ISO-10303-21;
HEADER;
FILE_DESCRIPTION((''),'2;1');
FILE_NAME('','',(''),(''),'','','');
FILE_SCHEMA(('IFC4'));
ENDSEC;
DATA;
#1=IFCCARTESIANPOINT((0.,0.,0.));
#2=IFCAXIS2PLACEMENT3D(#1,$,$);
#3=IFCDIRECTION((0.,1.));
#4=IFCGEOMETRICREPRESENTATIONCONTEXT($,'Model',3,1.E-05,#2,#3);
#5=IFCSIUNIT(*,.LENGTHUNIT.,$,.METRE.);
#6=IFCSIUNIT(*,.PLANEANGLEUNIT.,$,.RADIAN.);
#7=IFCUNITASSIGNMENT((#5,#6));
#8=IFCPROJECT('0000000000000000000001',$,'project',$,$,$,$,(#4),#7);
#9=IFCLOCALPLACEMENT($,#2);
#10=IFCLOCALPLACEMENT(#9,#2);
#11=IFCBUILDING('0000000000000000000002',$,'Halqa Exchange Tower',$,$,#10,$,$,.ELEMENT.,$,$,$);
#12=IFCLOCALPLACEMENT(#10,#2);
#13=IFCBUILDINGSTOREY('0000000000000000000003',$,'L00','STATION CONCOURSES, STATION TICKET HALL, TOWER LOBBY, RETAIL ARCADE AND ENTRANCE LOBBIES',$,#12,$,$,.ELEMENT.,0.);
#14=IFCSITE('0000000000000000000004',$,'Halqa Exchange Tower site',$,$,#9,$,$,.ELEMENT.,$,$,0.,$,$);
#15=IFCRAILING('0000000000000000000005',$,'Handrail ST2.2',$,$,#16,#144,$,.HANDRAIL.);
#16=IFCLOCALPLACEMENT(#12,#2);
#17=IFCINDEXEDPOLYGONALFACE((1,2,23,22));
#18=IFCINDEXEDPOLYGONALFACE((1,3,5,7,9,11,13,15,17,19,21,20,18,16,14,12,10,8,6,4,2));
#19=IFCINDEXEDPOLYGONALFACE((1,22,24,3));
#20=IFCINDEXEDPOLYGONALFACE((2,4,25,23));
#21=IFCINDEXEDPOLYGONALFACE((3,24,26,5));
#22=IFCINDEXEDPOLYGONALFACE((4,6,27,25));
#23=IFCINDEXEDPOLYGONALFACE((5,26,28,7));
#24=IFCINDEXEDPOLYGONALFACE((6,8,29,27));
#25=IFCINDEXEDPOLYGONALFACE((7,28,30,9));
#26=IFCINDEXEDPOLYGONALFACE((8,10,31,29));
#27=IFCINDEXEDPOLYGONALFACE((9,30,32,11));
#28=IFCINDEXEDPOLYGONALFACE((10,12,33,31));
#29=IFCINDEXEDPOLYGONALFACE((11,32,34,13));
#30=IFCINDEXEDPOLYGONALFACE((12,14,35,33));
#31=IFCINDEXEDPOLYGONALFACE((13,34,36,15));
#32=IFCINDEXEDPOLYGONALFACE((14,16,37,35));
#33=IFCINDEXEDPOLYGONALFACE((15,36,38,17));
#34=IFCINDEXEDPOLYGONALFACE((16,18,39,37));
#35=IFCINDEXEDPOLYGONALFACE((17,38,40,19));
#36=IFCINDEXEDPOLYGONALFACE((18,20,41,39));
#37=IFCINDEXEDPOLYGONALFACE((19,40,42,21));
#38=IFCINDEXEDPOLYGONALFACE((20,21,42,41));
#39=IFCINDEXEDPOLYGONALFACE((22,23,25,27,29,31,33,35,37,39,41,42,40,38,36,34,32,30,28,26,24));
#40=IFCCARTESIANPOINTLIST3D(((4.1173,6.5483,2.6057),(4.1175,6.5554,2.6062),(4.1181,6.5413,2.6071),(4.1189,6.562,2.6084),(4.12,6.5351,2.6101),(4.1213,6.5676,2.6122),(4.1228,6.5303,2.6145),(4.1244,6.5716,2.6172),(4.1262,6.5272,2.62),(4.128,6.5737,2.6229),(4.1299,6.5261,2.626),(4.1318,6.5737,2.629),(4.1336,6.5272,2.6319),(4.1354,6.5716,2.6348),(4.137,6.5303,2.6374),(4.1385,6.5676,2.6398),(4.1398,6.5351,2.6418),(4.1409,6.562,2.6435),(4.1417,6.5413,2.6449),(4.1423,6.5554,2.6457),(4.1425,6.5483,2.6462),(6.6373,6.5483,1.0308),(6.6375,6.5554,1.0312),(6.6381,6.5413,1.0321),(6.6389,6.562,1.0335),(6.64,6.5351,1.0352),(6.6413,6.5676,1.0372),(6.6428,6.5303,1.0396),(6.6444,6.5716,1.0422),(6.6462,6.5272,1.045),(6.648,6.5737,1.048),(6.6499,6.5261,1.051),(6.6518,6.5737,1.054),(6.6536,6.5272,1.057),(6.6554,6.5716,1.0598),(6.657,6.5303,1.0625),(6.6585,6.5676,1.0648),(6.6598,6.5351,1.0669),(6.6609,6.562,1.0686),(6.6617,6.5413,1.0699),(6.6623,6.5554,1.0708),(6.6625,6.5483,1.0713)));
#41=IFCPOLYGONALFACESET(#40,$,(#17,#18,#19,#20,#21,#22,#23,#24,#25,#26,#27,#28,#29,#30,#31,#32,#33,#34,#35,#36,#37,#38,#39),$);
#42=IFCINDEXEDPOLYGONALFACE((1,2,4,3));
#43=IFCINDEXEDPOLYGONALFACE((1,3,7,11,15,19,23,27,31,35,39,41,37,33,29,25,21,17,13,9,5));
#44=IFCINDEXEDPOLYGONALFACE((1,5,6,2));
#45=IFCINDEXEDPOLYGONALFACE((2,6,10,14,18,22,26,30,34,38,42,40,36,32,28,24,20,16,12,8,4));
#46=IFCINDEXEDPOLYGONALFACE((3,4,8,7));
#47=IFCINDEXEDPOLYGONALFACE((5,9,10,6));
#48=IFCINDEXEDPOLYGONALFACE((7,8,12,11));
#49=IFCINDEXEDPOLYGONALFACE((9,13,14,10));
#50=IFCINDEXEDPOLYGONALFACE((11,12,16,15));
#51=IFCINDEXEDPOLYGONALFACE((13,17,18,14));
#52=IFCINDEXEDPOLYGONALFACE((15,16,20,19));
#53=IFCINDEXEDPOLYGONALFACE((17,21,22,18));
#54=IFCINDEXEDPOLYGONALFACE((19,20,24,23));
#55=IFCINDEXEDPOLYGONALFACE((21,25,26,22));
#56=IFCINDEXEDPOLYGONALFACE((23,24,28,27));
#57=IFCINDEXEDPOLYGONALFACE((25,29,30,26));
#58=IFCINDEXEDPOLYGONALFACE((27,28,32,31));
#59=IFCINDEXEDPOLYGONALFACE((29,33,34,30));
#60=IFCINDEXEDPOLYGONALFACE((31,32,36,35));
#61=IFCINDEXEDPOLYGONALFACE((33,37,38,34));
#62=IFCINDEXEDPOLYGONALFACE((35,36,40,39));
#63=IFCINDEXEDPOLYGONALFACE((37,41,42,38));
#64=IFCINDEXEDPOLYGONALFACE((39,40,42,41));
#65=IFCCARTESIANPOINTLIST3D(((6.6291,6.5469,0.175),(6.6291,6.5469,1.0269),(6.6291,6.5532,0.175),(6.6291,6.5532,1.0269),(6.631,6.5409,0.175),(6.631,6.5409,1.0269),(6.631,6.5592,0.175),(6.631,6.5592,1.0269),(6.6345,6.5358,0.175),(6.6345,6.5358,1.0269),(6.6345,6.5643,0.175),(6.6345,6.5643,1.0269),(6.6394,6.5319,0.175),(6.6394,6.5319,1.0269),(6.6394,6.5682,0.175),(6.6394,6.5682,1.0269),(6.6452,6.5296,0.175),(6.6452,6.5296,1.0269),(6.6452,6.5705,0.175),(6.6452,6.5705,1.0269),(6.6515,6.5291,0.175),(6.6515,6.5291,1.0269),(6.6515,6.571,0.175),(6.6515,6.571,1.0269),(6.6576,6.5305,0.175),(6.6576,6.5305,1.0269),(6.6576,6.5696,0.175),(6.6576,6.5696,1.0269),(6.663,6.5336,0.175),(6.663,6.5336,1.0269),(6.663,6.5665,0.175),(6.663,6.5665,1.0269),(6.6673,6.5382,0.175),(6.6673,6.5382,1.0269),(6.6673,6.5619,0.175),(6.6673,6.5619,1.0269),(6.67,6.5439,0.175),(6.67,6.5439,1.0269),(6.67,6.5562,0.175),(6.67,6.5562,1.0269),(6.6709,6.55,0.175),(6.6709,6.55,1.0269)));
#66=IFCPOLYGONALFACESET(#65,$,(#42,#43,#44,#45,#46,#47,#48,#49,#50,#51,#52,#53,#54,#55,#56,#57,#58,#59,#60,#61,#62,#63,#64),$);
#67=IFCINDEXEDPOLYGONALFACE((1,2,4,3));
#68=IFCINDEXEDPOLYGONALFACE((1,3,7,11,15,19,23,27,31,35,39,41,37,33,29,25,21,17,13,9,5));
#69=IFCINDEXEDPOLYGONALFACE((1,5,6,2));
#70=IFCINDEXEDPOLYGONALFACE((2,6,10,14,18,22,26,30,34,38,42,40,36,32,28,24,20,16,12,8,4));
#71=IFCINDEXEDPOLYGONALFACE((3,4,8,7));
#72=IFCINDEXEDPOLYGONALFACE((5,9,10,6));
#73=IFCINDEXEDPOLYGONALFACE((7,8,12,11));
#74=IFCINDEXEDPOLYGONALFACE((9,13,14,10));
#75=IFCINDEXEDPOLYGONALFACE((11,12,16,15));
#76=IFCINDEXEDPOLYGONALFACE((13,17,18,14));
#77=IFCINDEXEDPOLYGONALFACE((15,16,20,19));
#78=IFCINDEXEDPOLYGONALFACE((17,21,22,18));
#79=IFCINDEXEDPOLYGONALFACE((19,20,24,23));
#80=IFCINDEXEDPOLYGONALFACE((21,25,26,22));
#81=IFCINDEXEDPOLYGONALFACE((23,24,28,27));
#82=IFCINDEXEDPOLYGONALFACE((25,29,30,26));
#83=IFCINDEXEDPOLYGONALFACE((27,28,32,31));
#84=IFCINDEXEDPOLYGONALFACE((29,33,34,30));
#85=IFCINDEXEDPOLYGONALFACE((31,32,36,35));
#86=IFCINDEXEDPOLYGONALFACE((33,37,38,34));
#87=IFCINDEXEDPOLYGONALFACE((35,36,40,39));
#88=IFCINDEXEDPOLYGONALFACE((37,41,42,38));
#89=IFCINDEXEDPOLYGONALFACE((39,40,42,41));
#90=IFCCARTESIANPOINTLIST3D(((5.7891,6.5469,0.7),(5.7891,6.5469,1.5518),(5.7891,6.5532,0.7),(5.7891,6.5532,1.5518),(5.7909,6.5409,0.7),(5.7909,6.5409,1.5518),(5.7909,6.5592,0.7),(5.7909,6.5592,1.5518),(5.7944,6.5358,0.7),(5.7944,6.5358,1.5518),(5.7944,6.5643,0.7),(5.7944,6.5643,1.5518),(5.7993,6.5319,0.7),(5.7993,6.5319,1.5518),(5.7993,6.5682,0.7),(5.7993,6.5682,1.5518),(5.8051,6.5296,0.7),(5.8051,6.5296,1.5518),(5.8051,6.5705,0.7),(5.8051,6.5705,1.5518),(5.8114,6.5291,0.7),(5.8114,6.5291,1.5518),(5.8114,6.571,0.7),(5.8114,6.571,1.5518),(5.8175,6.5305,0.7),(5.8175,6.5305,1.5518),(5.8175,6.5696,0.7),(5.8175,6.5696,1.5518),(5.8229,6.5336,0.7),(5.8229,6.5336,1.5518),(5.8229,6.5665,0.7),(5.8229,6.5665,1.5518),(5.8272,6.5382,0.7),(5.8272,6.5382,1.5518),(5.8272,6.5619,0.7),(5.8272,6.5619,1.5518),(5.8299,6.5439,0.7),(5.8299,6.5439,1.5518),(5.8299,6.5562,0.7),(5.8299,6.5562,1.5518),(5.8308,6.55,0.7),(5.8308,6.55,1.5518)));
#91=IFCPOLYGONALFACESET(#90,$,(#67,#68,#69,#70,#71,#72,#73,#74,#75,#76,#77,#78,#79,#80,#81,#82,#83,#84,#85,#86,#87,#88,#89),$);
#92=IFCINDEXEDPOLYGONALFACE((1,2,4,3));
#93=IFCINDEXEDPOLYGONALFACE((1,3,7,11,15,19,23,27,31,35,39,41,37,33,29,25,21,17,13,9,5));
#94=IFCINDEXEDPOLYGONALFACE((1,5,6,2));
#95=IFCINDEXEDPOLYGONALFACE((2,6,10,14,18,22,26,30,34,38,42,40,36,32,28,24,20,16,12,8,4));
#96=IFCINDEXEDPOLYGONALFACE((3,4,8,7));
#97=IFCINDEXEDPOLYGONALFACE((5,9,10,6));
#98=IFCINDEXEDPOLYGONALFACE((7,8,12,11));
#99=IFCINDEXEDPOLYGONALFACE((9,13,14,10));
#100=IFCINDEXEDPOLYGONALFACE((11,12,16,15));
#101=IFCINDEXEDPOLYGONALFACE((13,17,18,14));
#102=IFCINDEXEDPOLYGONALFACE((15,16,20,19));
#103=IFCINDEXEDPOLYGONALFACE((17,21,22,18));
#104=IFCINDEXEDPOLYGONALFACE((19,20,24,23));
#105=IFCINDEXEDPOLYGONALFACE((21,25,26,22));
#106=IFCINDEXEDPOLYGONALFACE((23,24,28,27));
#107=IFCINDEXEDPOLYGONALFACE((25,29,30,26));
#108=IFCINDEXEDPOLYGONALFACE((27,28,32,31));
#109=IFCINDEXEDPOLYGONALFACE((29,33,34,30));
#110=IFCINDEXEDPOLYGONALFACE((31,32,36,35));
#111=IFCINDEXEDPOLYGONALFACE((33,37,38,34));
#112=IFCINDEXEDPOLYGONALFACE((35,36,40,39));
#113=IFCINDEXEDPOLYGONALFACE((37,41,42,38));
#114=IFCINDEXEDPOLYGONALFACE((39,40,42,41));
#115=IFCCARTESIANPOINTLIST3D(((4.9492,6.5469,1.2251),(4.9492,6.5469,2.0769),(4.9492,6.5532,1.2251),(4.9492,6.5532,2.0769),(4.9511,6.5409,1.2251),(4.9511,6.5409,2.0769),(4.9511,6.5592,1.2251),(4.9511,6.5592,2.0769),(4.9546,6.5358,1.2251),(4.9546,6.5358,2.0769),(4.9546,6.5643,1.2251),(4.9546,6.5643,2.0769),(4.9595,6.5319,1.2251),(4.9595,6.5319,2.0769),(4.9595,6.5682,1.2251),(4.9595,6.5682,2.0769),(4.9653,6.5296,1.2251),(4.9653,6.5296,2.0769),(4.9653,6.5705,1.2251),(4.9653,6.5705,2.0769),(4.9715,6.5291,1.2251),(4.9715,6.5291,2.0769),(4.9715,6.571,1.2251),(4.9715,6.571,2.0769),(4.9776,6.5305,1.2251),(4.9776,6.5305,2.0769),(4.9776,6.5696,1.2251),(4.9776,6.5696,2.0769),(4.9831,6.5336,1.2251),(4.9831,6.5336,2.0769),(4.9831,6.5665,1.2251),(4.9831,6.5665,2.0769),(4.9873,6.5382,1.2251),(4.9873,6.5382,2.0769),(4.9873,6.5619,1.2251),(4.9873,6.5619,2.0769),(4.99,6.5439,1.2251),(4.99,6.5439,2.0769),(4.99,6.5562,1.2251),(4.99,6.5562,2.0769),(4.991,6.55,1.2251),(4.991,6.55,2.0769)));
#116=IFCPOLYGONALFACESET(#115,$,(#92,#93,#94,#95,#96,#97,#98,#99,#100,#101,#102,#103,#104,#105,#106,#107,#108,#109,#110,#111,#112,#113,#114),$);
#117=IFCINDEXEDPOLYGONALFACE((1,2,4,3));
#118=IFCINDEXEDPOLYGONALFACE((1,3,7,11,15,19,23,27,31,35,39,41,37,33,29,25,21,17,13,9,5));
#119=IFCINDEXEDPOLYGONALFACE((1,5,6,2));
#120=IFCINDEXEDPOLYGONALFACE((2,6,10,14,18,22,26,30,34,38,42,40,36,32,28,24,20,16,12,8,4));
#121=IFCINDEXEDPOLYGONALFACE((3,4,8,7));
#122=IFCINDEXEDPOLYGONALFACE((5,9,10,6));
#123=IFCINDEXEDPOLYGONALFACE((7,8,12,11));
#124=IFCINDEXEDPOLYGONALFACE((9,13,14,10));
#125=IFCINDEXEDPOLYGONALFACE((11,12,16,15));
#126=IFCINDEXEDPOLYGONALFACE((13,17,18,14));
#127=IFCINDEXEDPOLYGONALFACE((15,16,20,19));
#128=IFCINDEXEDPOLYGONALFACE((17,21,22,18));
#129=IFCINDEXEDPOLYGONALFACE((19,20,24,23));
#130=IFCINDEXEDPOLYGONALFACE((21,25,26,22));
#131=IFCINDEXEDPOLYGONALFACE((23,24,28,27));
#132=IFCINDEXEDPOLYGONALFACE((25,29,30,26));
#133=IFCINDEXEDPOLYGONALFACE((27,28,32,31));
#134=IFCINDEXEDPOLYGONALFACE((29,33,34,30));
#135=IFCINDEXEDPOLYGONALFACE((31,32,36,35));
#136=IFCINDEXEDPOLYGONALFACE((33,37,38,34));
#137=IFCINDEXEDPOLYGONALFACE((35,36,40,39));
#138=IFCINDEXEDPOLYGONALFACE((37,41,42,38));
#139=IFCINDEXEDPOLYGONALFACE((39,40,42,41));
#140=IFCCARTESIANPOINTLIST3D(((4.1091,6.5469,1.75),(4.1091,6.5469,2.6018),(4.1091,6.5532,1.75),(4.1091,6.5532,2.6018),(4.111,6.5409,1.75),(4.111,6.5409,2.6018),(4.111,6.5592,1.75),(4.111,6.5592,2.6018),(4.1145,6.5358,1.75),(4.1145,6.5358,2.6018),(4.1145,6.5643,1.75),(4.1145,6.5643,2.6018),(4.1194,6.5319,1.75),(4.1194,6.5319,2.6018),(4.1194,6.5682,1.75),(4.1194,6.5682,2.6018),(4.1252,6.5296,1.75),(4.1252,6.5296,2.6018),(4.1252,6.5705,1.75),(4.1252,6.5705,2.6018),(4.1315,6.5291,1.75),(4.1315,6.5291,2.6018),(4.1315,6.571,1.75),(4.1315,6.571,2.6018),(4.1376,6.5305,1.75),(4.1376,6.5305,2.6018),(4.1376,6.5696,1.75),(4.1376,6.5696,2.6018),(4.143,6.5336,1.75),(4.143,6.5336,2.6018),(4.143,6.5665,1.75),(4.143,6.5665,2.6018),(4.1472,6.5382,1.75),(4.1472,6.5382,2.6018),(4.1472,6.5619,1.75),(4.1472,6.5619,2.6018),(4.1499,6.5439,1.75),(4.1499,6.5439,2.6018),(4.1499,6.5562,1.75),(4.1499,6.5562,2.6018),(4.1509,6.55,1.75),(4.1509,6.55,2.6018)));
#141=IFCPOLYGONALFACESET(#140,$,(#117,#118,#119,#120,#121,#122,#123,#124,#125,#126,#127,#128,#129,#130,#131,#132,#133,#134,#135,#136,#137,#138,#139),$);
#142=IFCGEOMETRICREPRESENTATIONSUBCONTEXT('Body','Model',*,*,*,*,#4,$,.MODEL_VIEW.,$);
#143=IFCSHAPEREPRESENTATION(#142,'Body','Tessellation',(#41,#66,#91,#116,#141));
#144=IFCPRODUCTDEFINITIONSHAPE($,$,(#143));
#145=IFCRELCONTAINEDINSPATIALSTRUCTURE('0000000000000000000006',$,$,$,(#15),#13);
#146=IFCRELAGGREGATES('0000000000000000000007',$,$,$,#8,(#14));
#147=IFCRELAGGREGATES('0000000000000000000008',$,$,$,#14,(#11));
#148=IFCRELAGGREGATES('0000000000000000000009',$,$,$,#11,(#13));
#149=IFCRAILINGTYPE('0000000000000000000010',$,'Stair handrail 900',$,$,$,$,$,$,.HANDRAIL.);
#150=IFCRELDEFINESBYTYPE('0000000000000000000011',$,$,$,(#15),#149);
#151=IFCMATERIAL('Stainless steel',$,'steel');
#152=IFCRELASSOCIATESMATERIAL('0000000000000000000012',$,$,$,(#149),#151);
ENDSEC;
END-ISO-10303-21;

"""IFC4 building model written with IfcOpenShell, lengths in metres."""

from ifc_helpers import new_model, si_unit, direction, frame, origin, origin_2d, place, context, subcontext, project, spatial, circle, extrude, material, type_object, element, save


model = new_model("IFC4")

# Units and contexts
model_context = context("Model", 3, precision=1e-05, world=origin(), true_north=direction((0.0, 1.0)))
body_context = subcontext(model_context, "Body", "Model", "MODEL_VIEW")
ifc_project = project(units=[si_unit("LENGTHUNIT", "METRE"), si_unit("PLANEANGLEUNIT", "RADIAN")], contexts=[model_context])

# Site, building, storey
site_placement = place(None, origin())
site = spatial("IfcSite", under=ifc_project, at=site_placement, Name="Halqa Exchange Tower site", CompositionType="ELEMENT", RefElevation=0.0)
building_placement = place(site_placement, origin())
building = spatial("IfcBuilding", under=site, at=building_placement, Name="Halqa Exchange Tower", CompositionType="ELEMENT")
storey_placement = place(building_placement, origin())
storey = spatial("IfcBuildingStorey", under=building, at=storey_placement, Name="L00", Description="STATION CONCOURSES, STATION TICKET HALL, TOWER LOBBY, RETAIL ARCADE AND ENTRANCE LOBBIES", CompositionType="ELEMENT", Elevation=0.0)

# Railing
ifc_material_1 = material(Name="Stainless steel", Category="steel")
railing_type_1 = type_object("IfcRailingType", Name="Stair handrail 900", PredefinedType="HANDRAIL", material=ifc_material_1)
railing_1_placement = place(storey_placement, frame((6.6499, 6.55, 0.175)))
element("IfcRailing", 1, at=railing_1_placement, inside=storey, type_object=railing_type_1, Name="Handrail ST2.2", PredefinedType="HANDRAIL", context=body_context, shape_type="SweptSolid", body=[
    extrude(circle(Radius=0.0239, at=origin_2d()), frame((0.0, 0.0, 0.876), z_axis=(-0.848008, 0.0, 0.529984), x_axis=(0.0, -1.0, 0.0)), (0.0, 0.0, 1.0), 2.9717),
    extrude(circle(Radius=0.021, at=origin_2d()), origin(), (0.0, 0.0, 1.0), 0.8518),
    extrude(circle(Radius=0.021, at=origin_2d()), frame((-0.8401, 0.0, 0.5249)), (0.0, 0.0, 1.0), 0.8518),
    extrude(circle(Radius=0.021, at=origin_2d()), frame((-1.6799, 0.0, 1.05)), (0.0, 0.0, 1.0), 0.8518),
    extrude(circle(Radius=0.021, at=origin_2d()), frame((-2.52, 0.0, 1.575)), (0.0, 0.0, 1.0), 0.8518),
])

save(model, "model.ifc")
